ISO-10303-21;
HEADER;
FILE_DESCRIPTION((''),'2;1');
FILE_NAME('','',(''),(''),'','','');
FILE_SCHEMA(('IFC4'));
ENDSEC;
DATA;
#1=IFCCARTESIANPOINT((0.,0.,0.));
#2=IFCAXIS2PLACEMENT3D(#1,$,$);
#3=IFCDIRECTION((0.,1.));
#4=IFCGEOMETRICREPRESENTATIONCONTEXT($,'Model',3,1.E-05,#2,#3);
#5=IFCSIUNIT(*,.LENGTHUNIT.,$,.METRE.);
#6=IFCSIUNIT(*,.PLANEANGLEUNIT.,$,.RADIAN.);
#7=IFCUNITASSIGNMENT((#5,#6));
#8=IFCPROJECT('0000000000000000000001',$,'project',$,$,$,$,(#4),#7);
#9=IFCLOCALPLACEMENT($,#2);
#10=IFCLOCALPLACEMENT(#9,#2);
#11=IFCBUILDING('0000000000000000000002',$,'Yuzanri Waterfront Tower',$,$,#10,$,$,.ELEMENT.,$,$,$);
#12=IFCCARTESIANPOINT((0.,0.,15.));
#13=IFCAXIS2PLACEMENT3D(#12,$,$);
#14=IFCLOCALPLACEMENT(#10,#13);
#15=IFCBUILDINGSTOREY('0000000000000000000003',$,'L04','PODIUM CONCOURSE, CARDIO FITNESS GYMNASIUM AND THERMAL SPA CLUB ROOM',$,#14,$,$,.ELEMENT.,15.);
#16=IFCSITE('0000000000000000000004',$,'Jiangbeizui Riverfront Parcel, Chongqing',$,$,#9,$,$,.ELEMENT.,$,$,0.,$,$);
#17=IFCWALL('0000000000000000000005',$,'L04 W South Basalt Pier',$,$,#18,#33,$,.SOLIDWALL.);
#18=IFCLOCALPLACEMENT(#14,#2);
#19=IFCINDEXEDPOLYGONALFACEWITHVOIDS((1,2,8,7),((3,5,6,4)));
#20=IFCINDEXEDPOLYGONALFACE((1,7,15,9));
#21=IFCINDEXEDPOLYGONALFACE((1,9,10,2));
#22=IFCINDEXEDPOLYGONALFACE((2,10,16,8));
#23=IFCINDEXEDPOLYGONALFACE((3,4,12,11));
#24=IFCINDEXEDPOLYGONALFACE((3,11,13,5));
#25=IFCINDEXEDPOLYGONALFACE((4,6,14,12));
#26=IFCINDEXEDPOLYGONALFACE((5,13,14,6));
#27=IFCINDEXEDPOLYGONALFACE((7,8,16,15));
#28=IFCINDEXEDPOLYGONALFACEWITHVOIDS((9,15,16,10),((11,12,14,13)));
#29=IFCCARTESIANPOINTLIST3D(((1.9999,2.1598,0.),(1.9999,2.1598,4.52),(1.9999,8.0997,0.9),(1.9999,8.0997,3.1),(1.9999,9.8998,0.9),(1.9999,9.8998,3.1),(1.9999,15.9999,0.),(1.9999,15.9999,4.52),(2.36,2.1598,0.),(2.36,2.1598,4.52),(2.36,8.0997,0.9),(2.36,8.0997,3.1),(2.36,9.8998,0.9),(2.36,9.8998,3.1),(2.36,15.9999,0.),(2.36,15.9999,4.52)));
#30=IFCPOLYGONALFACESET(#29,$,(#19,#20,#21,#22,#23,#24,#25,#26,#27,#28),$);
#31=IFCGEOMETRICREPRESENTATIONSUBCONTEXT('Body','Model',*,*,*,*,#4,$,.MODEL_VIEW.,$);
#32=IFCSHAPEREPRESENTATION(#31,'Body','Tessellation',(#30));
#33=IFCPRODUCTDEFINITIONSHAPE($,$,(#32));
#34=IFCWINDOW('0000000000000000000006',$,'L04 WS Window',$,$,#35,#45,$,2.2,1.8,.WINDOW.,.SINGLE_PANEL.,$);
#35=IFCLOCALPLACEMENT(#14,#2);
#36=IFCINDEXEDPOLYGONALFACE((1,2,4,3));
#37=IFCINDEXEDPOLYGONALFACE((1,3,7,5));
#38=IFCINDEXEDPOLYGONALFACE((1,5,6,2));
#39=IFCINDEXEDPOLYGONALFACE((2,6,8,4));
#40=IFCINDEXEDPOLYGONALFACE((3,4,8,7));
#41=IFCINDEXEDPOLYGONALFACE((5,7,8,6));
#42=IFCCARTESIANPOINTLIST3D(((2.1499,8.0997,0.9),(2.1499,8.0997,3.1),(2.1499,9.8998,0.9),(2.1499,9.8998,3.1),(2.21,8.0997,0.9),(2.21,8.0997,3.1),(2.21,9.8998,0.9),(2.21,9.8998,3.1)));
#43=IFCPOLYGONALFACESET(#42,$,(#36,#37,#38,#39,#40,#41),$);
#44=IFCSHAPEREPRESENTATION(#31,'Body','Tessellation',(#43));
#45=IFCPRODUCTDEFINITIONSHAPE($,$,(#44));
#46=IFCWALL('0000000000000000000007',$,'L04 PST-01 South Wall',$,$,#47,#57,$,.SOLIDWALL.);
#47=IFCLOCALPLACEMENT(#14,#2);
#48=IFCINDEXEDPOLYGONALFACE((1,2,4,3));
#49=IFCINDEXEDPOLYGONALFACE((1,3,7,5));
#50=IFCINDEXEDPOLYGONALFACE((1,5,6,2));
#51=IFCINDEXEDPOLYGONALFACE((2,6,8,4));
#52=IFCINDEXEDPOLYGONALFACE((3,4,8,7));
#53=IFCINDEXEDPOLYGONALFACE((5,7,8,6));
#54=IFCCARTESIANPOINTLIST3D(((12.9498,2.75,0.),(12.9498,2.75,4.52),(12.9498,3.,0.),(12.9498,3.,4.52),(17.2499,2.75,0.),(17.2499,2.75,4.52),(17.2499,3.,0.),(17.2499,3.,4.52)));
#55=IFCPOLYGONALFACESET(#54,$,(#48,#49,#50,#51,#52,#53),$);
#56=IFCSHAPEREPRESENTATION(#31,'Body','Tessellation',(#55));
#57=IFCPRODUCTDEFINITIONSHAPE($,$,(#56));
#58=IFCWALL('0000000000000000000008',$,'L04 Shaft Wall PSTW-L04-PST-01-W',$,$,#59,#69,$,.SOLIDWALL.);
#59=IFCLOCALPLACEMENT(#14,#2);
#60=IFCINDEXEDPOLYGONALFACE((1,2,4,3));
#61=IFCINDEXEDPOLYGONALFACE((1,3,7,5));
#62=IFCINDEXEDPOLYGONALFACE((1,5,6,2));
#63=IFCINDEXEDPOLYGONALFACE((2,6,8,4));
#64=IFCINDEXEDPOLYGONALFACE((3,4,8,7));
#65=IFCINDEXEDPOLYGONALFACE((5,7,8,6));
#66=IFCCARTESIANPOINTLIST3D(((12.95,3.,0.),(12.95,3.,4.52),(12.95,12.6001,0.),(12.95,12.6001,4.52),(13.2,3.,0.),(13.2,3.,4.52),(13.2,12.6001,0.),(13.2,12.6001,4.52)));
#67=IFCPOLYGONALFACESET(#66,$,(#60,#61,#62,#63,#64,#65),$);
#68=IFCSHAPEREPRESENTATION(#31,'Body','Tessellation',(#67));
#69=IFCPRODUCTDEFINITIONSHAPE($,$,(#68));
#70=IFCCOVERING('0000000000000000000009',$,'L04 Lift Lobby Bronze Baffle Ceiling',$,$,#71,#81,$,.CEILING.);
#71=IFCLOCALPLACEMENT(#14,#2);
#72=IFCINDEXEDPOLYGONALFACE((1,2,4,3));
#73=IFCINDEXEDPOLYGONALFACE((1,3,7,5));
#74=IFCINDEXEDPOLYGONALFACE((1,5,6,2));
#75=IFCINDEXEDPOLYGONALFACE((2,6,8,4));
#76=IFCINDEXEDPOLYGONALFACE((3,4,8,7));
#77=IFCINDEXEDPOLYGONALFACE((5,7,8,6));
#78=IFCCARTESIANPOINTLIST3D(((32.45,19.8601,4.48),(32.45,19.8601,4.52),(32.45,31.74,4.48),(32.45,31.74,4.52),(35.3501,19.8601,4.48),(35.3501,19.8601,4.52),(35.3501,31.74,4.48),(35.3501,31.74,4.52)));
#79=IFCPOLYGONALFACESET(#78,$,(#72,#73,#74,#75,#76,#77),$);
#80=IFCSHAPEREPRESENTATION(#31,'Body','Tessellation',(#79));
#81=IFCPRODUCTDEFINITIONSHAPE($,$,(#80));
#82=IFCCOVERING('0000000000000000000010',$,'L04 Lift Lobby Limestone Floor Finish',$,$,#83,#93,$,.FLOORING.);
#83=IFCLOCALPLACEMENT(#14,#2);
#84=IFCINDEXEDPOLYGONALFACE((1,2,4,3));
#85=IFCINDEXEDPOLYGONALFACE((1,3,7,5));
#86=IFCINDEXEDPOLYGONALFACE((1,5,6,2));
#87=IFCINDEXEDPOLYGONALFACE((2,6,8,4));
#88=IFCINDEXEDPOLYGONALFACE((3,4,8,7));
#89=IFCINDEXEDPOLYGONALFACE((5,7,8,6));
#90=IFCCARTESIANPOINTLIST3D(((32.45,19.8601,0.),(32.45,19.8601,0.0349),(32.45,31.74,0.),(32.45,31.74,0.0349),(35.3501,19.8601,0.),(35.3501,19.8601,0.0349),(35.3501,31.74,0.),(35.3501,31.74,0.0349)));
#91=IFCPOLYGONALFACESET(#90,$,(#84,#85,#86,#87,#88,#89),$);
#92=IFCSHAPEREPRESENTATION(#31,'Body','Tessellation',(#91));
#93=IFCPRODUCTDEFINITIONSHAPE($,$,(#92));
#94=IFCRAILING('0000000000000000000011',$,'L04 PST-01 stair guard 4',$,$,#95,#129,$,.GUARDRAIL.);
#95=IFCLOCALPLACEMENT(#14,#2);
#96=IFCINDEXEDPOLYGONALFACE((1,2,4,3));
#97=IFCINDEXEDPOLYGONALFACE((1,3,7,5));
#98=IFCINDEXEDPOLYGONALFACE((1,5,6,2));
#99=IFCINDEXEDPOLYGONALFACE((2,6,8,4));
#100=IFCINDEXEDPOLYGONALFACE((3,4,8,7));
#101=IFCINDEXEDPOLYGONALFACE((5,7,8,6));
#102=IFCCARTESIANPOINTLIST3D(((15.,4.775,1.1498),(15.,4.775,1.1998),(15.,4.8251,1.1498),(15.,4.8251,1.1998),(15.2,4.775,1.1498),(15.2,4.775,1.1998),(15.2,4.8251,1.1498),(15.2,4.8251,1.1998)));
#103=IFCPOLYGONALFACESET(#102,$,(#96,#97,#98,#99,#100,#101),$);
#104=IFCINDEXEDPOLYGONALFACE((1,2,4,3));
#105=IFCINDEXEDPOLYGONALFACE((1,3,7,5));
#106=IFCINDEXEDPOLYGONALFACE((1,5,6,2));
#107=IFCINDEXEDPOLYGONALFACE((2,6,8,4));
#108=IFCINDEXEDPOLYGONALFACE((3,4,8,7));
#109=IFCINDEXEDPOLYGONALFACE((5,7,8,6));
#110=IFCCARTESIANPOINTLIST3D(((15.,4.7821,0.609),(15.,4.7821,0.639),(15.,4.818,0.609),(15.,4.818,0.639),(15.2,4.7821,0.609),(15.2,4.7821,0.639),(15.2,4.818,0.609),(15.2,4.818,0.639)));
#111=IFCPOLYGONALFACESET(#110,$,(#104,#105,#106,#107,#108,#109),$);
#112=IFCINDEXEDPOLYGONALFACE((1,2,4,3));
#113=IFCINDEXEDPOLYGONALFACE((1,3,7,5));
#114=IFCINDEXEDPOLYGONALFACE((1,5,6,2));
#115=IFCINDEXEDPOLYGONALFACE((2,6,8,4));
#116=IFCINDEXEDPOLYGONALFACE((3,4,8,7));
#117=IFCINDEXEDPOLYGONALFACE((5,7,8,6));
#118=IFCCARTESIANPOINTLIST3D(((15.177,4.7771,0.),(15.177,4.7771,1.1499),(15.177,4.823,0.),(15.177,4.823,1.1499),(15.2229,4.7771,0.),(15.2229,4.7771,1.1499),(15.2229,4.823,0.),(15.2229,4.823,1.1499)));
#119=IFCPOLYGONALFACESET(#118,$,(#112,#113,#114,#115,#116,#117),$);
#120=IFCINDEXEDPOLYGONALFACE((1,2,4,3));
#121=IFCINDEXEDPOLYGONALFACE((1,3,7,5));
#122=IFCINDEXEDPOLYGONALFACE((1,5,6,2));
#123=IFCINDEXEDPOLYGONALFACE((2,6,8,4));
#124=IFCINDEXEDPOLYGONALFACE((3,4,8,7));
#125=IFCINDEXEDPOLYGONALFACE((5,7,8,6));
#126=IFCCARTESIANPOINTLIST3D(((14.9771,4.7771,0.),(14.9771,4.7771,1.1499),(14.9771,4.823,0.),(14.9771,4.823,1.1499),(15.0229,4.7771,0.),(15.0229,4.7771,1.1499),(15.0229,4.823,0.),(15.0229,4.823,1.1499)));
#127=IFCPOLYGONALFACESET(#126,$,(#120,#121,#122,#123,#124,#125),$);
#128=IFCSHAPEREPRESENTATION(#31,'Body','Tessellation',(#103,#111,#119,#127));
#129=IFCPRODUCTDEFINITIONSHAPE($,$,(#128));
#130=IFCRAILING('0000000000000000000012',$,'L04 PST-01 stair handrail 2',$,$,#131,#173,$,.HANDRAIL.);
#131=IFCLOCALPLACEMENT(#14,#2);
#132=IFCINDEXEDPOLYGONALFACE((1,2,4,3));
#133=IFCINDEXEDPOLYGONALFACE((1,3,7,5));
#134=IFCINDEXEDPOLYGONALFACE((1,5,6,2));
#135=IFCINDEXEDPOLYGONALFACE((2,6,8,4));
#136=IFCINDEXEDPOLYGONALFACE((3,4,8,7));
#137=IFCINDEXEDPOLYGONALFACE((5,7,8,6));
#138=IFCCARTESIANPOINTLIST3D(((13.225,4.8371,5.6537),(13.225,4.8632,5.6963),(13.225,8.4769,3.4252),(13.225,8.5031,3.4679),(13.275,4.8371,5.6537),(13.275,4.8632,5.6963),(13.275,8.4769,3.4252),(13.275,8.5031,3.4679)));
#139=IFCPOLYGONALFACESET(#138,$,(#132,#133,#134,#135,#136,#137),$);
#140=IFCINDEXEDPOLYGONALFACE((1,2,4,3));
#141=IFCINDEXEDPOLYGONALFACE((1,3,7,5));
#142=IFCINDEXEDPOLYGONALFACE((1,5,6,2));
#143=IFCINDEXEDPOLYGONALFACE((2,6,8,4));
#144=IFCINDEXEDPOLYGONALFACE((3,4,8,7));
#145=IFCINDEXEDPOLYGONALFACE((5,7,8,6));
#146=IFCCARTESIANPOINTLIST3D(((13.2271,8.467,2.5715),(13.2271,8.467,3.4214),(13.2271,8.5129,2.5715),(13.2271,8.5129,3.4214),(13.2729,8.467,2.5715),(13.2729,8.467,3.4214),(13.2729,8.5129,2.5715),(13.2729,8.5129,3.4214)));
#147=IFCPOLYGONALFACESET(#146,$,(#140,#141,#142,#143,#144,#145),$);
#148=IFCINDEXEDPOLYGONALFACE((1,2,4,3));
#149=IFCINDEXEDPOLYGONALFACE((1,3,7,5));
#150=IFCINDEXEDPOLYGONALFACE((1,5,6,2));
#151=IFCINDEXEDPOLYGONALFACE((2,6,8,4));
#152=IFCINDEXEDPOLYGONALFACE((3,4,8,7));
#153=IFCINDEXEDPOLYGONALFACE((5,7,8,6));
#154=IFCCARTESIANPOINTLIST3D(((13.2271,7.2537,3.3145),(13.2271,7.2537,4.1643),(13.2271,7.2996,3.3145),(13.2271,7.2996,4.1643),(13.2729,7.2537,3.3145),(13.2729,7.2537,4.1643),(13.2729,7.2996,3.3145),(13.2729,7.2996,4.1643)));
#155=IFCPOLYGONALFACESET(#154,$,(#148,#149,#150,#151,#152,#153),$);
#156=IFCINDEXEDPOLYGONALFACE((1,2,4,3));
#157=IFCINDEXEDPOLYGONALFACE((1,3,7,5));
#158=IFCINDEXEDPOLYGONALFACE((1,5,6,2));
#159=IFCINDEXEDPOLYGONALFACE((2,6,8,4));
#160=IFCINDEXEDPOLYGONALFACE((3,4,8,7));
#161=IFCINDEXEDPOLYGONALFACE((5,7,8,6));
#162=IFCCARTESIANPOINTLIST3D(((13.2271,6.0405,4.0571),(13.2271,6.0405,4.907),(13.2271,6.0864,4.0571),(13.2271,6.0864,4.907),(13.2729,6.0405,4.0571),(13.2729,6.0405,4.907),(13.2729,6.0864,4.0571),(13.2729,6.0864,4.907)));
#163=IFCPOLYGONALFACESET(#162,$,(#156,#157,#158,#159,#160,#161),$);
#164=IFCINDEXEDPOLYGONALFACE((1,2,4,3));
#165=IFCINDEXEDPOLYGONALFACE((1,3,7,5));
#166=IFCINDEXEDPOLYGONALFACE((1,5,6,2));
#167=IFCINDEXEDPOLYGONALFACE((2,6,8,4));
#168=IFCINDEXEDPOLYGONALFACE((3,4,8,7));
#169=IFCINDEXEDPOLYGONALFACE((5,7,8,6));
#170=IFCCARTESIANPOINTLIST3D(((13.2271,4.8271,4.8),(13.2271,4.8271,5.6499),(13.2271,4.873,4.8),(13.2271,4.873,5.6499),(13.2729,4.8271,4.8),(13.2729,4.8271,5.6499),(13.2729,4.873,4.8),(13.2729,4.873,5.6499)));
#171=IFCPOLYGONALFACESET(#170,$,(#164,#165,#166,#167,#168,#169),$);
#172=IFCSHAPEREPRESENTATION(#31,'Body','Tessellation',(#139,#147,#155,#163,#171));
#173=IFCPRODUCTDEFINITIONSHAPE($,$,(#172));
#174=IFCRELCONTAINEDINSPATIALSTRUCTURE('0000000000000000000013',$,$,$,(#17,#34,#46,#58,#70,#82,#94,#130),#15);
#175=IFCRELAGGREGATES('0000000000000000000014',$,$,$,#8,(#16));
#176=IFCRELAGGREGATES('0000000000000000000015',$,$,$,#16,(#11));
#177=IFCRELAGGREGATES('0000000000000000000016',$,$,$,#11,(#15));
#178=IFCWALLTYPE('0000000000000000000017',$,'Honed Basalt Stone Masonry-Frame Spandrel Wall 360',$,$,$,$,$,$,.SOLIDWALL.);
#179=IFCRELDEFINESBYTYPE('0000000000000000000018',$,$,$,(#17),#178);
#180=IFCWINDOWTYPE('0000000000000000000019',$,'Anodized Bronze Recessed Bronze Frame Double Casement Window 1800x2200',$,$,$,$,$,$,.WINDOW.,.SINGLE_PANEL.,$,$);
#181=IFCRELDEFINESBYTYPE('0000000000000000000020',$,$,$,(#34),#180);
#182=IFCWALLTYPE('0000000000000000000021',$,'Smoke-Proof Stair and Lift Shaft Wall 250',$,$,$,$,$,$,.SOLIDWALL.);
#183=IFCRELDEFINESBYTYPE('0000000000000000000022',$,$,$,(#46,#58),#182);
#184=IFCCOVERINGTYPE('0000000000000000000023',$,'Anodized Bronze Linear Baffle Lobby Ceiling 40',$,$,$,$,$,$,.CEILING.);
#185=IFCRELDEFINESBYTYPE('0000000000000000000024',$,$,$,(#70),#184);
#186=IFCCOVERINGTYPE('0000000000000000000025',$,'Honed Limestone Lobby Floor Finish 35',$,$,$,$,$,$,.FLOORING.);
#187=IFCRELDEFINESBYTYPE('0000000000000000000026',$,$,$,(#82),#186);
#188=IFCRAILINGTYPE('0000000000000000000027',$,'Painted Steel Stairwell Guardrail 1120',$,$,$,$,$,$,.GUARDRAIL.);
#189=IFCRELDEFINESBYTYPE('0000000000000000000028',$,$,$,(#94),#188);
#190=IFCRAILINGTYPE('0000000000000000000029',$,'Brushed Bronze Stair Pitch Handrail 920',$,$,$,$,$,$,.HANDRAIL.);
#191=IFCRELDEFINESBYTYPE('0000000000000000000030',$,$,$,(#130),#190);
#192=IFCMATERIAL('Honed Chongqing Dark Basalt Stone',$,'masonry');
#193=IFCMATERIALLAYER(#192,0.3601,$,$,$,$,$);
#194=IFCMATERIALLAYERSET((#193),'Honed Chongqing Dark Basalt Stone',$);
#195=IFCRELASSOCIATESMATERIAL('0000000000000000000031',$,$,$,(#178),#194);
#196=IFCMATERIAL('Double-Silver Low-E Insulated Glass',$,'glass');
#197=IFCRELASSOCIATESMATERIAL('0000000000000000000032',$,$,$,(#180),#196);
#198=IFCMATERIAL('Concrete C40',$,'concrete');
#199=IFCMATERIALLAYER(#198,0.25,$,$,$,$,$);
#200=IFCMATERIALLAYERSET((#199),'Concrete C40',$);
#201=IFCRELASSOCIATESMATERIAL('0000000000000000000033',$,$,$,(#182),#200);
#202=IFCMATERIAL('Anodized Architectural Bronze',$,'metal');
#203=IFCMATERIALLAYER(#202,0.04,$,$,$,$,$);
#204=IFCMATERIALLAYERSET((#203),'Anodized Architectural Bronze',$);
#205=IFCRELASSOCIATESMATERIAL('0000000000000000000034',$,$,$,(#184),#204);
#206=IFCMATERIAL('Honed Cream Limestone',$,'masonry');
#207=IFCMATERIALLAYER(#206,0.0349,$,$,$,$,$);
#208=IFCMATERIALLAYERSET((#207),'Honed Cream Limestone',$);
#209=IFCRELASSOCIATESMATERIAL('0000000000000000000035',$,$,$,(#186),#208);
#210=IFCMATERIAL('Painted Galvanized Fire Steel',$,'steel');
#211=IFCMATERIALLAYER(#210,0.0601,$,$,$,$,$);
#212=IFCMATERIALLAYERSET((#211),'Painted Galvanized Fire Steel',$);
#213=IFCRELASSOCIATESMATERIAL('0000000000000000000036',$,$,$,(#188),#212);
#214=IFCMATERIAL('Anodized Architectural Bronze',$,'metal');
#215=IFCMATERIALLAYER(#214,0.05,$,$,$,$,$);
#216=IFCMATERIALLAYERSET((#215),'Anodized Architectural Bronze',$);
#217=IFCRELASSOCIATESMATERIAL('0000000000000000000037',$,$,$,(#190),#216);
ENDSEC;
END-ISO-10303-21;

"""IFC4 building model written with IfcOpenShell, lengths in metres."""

from ifc_helpers import new_model, si_unit, direction, frame, frame_2d, origin, origin_2d, place, context, subcontext, project, spatial, polyline, rectangle, outline, extrude, source, transform, mapped, material, layer, layer_set, type_object, element, fill, save


model = new_model("IFC4")

# Units and contexts
model_context = context("Model", 3, precision=1e-05, world=origin(), true_north=direction((0.0, 1.0)))
body_context = subcontext(model_context, "Body", "Model", "MODEL_VIEW")
ifc_project = project(units=[si_unit("LENGTHUNIT", "METRE"), si_unit("PLANEANGLEUNIT", "RADIAN")], contexts=[model_context])

# Site, building, storey
site_placement = place(None, origin())
site = spatial("IfcSite", under=ifc_project, at=site_placement, Name="Jiangbeizui Riverfront Parcel, Chongqing", CompositionType="ELEMENT", RefElevation=0.0)
building_placement = place(site_placement, origin())
building = spatial("IfcBuilding", under=site, at=building_placement, Name="Yuzanri Waterfront Tower", CompositionType="ELEMENT")
storey_placement = place(building_placement, frame((0.0, 0.0, 15.0)))
storey = spatial("IfcBuildingStorey", under=building, at=storey_placement, Name="L04", Description="PODIUM CONCOURSE, CARDIO FITNESS GYMNASIUM AND THERMAL SPA CLUB ROOM", CompositionType="ELEMENT", Elevation=15.0)

# Wall, opening, window
ifc_material_1 = material(Name="Honed Chongqing Dark Basalt Stone", Category="masonry")
ifc_layer_1 = layer(ifc_material_1, 0.3601)
ifc_layer_set_1 = layer_set([ifc_layer_1], Name="Honed Chongqing Dark Basalt Stone")
wall_type_1 = type_object("IfcWallType", Name="Honed Basalt Stone Masonry-Frame Spandrel Wall 360", PredefinedType="SOLIDWALL", material=ifc_layer_set_1)
wall_1_placement = place(storey_placement, frame((2.1799, 2.1599, 0.0), z_axis=(0.0, 0.0, 1.0), x_axis=(0.0, 1.0, 0.0)))
wall_1 = element("IfcWall", 1, at=wall_1_placement, inside=storey, type_object=wall_type_1, Name="L04 W South Basalt Pier", PredefinedType="SOLIDWALL", context=body_context, shape_type="SweptSolid", body=[
    extrude(rectangle(XDim=13.8401, YDim=0.3601, at=frame_2d((6.9199, 0.0))), origin(), (0.0, 0.0, 1.0), 4.52),
])
opening_1_placement = place(wall_1_placement, frame((5.9399, 0.0, 0.8999)))
opening_1 = element("IfcOpeningElement", 2, at=opening_1_placement, cuts=wall_1, PredefinedType="OPENING", context=body_context, shape_type="SweptSolid", body=[
    extrude(rectangle(XDim=1.8, YDim=2.2, at=frame_2d((0.8999, 1.1001))), frame((0.0, 0.1948, 0.0), z_axis=(0.0, -1.0, 0.0), x_axis=(1.0, 0.0, 0.0)), (0.0, 0.0, 1.0), 0.3899),
])
ifc_material_2 = material(Name="Double-Silver Low-E Insulated Glass", Category="glass")
window_type_1 = type_object("IfcWindowType", Name="Anodized Bronze Recessed Bronze Frame Double Casement Window 1800x2200", PartitioningType="SINGLE_PANEL", PredefinedType="WINDOW", material=ifc_material_2)
shared_shape_1 = source(origin(), body_context, "Body", "SweptSolid", [
    extrude(rectangle(XDim=1.8, YDim=2.2, at=frame_2d((0.8999, 1.1001))), frame((0.0, 0.03, 0.0), z_axis=(0.0, -1.0, 0.0), x_axis=(1.0, 0.0, 0.0)), (0.0, 0.0, 1.0), 0.0601),
])
window_1_placement = place(opening_1_placement, origin())
window_1 = element("IfcWindow", 3, at=window_1_placement, inside=storey, type_object=window_type_1, Name="L04 WS Window", OverallHeight=2.2, OverallWidth=1.8, PartitioningType="SINGLE_PANEL", PredefinedType="WINDOW", context=body_context, shape_type="MappedRepresentation", body=[
    mapped(shared_shape_1, transform((0.0, 0.0, 0.0), scale=1.0)),
])
fill(opening_1, window_1)

# Walls
ifc_material_3 = material(Name="Concrete C40", Category="concrete")
ifc_layer_2 = layer(ifc_material_3, 0.25)
ifc_layer_set_2 = layer_set([ifc_layer_2], Name="Concrete C40")
wall_type_2 = type_object("IfcWallType", Name="Smoke-Proof Stair and Lift Shaft Wall 250", PredefinedType="SOLIDWALL", material=ifc_layer_set_2)
shared_shape_2 = source(origin(), body_context, "Body", "SweptSolid", [
    extrude(rectangle(XDim=4.3, YDim=0.25, at=frame_2d((2.1499, 0.0))), origin(), (0.0, 0.0, 1.0), 4.52),
])
wall_2_placement = place(storey_placement, frame((12.95, 2.875, 0.0), z_axis=(0.0, 0.0, 1.0), x_axis=(1.0, 0.0, 0.0)))
element("IfcWall", 4, at=wall_2_placement, inside=storey, type_object=wall_type_2, Name="L04 PST-01 South Wall", PredefinedType="SOLIDWALL", context=body_context, shape_type="MappedRepresentation", body=[
    mapped(shared_shape_2, transform((0.0, 0.0, 0.0), scale=1.0)),
])
shared_shape_3 = source(origin(), body_context, "Body", "SweptSolid", [
    extrude(rectangle(XDim=9.6001, YDim=0.25, at=frame_2d((4.8, 0.0))), origin(), (0.0, 0.0, 1.0), 4.52),
])
wall_3_placement = place(storey_placement, frame((13.075, 3.0, 0.0), z_axis=(0.0, 0.0, 1.0), x_axis=(0.0, 1.0, 0.0)))
element("IfcWall", 5, at=wall_3_placement, inside=storey, type_object=wall_type_2, Name="L04 Shaft Wall PSTW-L04-PST-01-W", PredefinedType="SOLIDWALL", context=body_context, shape_type="MappedRepresentation", body=[
    mapped(shared_shape_3, transform((0.0, 0.0, 0.0), scale=1.0)),
])

# Coverings
ifc_material_4 = material(Name="Anodized Architectural Bronze", Category="metal")
ifc_layer_3 = layer(ifc_material_4, 0.04)
ifc_layer_set_3 = layer_set([ifc_layer_3], Name="Anodized Architectural Bronze")
covering_type_1 = type_object("IfcCoveringType", Name="Anodized Bronze Linear Baffle Lobby Ceiling 40", PredefinedType="CEILING", material=ifc_layer_set_3)
covering_1_placement = place(storey_placement, frame((0.0, 0.0, 4.48)))
element("IfcCovering", 6, at=covering_1_placement, inside=storey, type_object=covering_type_1, Name="L04 Lift Lobby Bronze Baffle Ceiling", PredefinedType="CEILING", context=body_context, shape_type="SweptSolid", body=[
    extrude(outline(polyline([(32.45, 19.8601), (35.3501, 19.8601), (35.3501, 31.74), (32.45, 31.74), (32.45, 19.8601)])), origin(), (0.0, 0.0, 1.0), 0.04),
])
ifc_material_5 = material(Name="Honed Cream Limestone", Category="masonry")
ifc_layer_4 = layer(ifc_material_5, 0.0349)
ifc_layer_set_4 = layer_set([ifc_layer_4], Name="Honed Cream Limestone")
covering_type_2 = type_object("IfcCoveringType", Name="Honed Limestone Lobby Floor Finish 35", PredefinedType="FLOORING", material=ifc_layer_set_4)
covering_2_placement = place(storey_placement, origin())
element("IfcCovering", 7, at=covering_2_placement, inside=storey, type_object=covering_type_2, Name="L04 Lift Lobby Limestone Floor Finish", PredefinedType="FLOORING", context=body_context, shape_type="SweptSolid", body=[
    extrude(outline(polyline([(32.45, 19.8601), (35.3501, 19.8601), (35.3501, 31.74), (32.45, 31.74), (32.45, 19.8601)])), origin(), (0.0, 0.0, 1.0), 0.0349),
])

# Railings
ifc_material_6 = material(Name="Painted Galvanized Fire Steel", Category="steel")
ifc_layer_5 = layer(ifc_material_6, 0.0601)
ifc_layer_set_5 = layer_set([ifc_layer_5], Name="Painted Galvanized Fire Steel")
railing_type_1 = type_object("IfcRailingType", Name="Painted Steel Stairwell Guardrail 1120", PredefinedType="GUARDRAIL", material=ifc_layer_set_5)
shared_shape_4 = source(origin(), body_context, "Body", "SweptSolid", [
    extrude(rectangle(XDim=0.05, YDim=0.05, at=origin_2d()), frame((0.0, 0.0, 1.1748), z_axis=(-1.0, 0.0, 0.0), x_axis=(0.0, -1.0, 0.0)), (0.0, 0.0, 1.0), 0.2),
    extrude(rectangle(XDim=0.0359, YDim=0.03, at=origin_2d()), frame((0.0, 0.0, 0.624), z_axis=(-1.0, 0.0, 0.0), x_axis=(0.0, -1.0, 0.0)), (0.0, 0.0, 1.0), 0.2),
    extrude(rectangle(XDim=0.0459, YDim=0.0459, at=origin_2d()), origin(), (0.0, 0.0, 1.0), 1.1499),
    extrude(rectangle(XDim=0.0459, YDim=0.0459, at=origin_2d()), frame((-0.2, 0.0, 0.0)), (0.0, 0.0, 1.0), 1.1499),
])
railing_1_placement = place(storey_placement, frame((15.2, 4.8, 0.0)))
element("IfcRailing", 8, at=railing_1_placement, inside=storey, type_object=railing_type_1, Name="L04 PST-01 stair guard 4", PredefinedType="GUARDRAIL", context=body_context, shape_type="MappedRepresentation", body=[
    mapped(shared_shape_4, transform((0.0, 0.0, 0.0), scale=1.0)),
])
ifc_material_7 = material(Name="Anodized Architectural Bronze", Category="metal")
ifc_layer_6 = layer(ifc_material_7, 0.05)
ifc_layer_set_6 = layer_set([ifc_layer_6], Name="Anodized Architectural Bronze")
railing_type_2 = type_object("IfcRailingType", Name="Brushed Bronze Stair Pitch Handrail 920", PredefinedType="HANDRAIL", material=ifc_layer_set_6)
shared_shape_5 = source(origin(), body_context, "Body", "SweptSolid", [
    extrude(rectangle(XDim=0.05, YDim=0.05, at=origin_2d()), frame((0.0, 0.0, 0.875), z_axis=(0.0, -0.85285, 0.522156), x_axis=(1.0, 0.0, 0.0)), (0.0, 0.0, 1.0), 4.2678),
    extrude(rectangle(XDim=0.0459, YDim=0.0459, at=origin_2d()), origin(), (0.0, 0.0, 1.0), 0.8499),
    extrude(rectangle(XDim=0.0459, YDim=0.0459, at=origin_2d()), frame((0.0, -1.2134, 0.7429)), (0.0, 0.0, 1.0), 0.8499),
    extrude(rectangle(XDim=0.0459, YDim=0.0459, at=origin_2d()), frame((0.0, -2.4265, 1.4856)), (0.0, 0.0, 1.0), 0.8499),
    extrude(rectangle(XDim=0.0459, YDim=0.0459, at=origin_2d()), frame((0.0, -3.6399, 2.2285)), (0.0, 0.0, 1.0), 0.8499),
])
railing_2_placement = place(storey_placement, frame((13.25, 8.49, 2.5715)))
element("IfcRailing", 9, at=railing_2_placement, inside=storey, type_object=railing_type_2, Name="L04 PST-01 stair handrail 2", PredefinedType="HANDRAIL", context=body_context, shape_type="MappedRepresentation", body=[
    mapped(shared_shape_5, transform((0.0, 0.0, 0.0), scale=1.0)),
])

save(model, "model.ifc")
